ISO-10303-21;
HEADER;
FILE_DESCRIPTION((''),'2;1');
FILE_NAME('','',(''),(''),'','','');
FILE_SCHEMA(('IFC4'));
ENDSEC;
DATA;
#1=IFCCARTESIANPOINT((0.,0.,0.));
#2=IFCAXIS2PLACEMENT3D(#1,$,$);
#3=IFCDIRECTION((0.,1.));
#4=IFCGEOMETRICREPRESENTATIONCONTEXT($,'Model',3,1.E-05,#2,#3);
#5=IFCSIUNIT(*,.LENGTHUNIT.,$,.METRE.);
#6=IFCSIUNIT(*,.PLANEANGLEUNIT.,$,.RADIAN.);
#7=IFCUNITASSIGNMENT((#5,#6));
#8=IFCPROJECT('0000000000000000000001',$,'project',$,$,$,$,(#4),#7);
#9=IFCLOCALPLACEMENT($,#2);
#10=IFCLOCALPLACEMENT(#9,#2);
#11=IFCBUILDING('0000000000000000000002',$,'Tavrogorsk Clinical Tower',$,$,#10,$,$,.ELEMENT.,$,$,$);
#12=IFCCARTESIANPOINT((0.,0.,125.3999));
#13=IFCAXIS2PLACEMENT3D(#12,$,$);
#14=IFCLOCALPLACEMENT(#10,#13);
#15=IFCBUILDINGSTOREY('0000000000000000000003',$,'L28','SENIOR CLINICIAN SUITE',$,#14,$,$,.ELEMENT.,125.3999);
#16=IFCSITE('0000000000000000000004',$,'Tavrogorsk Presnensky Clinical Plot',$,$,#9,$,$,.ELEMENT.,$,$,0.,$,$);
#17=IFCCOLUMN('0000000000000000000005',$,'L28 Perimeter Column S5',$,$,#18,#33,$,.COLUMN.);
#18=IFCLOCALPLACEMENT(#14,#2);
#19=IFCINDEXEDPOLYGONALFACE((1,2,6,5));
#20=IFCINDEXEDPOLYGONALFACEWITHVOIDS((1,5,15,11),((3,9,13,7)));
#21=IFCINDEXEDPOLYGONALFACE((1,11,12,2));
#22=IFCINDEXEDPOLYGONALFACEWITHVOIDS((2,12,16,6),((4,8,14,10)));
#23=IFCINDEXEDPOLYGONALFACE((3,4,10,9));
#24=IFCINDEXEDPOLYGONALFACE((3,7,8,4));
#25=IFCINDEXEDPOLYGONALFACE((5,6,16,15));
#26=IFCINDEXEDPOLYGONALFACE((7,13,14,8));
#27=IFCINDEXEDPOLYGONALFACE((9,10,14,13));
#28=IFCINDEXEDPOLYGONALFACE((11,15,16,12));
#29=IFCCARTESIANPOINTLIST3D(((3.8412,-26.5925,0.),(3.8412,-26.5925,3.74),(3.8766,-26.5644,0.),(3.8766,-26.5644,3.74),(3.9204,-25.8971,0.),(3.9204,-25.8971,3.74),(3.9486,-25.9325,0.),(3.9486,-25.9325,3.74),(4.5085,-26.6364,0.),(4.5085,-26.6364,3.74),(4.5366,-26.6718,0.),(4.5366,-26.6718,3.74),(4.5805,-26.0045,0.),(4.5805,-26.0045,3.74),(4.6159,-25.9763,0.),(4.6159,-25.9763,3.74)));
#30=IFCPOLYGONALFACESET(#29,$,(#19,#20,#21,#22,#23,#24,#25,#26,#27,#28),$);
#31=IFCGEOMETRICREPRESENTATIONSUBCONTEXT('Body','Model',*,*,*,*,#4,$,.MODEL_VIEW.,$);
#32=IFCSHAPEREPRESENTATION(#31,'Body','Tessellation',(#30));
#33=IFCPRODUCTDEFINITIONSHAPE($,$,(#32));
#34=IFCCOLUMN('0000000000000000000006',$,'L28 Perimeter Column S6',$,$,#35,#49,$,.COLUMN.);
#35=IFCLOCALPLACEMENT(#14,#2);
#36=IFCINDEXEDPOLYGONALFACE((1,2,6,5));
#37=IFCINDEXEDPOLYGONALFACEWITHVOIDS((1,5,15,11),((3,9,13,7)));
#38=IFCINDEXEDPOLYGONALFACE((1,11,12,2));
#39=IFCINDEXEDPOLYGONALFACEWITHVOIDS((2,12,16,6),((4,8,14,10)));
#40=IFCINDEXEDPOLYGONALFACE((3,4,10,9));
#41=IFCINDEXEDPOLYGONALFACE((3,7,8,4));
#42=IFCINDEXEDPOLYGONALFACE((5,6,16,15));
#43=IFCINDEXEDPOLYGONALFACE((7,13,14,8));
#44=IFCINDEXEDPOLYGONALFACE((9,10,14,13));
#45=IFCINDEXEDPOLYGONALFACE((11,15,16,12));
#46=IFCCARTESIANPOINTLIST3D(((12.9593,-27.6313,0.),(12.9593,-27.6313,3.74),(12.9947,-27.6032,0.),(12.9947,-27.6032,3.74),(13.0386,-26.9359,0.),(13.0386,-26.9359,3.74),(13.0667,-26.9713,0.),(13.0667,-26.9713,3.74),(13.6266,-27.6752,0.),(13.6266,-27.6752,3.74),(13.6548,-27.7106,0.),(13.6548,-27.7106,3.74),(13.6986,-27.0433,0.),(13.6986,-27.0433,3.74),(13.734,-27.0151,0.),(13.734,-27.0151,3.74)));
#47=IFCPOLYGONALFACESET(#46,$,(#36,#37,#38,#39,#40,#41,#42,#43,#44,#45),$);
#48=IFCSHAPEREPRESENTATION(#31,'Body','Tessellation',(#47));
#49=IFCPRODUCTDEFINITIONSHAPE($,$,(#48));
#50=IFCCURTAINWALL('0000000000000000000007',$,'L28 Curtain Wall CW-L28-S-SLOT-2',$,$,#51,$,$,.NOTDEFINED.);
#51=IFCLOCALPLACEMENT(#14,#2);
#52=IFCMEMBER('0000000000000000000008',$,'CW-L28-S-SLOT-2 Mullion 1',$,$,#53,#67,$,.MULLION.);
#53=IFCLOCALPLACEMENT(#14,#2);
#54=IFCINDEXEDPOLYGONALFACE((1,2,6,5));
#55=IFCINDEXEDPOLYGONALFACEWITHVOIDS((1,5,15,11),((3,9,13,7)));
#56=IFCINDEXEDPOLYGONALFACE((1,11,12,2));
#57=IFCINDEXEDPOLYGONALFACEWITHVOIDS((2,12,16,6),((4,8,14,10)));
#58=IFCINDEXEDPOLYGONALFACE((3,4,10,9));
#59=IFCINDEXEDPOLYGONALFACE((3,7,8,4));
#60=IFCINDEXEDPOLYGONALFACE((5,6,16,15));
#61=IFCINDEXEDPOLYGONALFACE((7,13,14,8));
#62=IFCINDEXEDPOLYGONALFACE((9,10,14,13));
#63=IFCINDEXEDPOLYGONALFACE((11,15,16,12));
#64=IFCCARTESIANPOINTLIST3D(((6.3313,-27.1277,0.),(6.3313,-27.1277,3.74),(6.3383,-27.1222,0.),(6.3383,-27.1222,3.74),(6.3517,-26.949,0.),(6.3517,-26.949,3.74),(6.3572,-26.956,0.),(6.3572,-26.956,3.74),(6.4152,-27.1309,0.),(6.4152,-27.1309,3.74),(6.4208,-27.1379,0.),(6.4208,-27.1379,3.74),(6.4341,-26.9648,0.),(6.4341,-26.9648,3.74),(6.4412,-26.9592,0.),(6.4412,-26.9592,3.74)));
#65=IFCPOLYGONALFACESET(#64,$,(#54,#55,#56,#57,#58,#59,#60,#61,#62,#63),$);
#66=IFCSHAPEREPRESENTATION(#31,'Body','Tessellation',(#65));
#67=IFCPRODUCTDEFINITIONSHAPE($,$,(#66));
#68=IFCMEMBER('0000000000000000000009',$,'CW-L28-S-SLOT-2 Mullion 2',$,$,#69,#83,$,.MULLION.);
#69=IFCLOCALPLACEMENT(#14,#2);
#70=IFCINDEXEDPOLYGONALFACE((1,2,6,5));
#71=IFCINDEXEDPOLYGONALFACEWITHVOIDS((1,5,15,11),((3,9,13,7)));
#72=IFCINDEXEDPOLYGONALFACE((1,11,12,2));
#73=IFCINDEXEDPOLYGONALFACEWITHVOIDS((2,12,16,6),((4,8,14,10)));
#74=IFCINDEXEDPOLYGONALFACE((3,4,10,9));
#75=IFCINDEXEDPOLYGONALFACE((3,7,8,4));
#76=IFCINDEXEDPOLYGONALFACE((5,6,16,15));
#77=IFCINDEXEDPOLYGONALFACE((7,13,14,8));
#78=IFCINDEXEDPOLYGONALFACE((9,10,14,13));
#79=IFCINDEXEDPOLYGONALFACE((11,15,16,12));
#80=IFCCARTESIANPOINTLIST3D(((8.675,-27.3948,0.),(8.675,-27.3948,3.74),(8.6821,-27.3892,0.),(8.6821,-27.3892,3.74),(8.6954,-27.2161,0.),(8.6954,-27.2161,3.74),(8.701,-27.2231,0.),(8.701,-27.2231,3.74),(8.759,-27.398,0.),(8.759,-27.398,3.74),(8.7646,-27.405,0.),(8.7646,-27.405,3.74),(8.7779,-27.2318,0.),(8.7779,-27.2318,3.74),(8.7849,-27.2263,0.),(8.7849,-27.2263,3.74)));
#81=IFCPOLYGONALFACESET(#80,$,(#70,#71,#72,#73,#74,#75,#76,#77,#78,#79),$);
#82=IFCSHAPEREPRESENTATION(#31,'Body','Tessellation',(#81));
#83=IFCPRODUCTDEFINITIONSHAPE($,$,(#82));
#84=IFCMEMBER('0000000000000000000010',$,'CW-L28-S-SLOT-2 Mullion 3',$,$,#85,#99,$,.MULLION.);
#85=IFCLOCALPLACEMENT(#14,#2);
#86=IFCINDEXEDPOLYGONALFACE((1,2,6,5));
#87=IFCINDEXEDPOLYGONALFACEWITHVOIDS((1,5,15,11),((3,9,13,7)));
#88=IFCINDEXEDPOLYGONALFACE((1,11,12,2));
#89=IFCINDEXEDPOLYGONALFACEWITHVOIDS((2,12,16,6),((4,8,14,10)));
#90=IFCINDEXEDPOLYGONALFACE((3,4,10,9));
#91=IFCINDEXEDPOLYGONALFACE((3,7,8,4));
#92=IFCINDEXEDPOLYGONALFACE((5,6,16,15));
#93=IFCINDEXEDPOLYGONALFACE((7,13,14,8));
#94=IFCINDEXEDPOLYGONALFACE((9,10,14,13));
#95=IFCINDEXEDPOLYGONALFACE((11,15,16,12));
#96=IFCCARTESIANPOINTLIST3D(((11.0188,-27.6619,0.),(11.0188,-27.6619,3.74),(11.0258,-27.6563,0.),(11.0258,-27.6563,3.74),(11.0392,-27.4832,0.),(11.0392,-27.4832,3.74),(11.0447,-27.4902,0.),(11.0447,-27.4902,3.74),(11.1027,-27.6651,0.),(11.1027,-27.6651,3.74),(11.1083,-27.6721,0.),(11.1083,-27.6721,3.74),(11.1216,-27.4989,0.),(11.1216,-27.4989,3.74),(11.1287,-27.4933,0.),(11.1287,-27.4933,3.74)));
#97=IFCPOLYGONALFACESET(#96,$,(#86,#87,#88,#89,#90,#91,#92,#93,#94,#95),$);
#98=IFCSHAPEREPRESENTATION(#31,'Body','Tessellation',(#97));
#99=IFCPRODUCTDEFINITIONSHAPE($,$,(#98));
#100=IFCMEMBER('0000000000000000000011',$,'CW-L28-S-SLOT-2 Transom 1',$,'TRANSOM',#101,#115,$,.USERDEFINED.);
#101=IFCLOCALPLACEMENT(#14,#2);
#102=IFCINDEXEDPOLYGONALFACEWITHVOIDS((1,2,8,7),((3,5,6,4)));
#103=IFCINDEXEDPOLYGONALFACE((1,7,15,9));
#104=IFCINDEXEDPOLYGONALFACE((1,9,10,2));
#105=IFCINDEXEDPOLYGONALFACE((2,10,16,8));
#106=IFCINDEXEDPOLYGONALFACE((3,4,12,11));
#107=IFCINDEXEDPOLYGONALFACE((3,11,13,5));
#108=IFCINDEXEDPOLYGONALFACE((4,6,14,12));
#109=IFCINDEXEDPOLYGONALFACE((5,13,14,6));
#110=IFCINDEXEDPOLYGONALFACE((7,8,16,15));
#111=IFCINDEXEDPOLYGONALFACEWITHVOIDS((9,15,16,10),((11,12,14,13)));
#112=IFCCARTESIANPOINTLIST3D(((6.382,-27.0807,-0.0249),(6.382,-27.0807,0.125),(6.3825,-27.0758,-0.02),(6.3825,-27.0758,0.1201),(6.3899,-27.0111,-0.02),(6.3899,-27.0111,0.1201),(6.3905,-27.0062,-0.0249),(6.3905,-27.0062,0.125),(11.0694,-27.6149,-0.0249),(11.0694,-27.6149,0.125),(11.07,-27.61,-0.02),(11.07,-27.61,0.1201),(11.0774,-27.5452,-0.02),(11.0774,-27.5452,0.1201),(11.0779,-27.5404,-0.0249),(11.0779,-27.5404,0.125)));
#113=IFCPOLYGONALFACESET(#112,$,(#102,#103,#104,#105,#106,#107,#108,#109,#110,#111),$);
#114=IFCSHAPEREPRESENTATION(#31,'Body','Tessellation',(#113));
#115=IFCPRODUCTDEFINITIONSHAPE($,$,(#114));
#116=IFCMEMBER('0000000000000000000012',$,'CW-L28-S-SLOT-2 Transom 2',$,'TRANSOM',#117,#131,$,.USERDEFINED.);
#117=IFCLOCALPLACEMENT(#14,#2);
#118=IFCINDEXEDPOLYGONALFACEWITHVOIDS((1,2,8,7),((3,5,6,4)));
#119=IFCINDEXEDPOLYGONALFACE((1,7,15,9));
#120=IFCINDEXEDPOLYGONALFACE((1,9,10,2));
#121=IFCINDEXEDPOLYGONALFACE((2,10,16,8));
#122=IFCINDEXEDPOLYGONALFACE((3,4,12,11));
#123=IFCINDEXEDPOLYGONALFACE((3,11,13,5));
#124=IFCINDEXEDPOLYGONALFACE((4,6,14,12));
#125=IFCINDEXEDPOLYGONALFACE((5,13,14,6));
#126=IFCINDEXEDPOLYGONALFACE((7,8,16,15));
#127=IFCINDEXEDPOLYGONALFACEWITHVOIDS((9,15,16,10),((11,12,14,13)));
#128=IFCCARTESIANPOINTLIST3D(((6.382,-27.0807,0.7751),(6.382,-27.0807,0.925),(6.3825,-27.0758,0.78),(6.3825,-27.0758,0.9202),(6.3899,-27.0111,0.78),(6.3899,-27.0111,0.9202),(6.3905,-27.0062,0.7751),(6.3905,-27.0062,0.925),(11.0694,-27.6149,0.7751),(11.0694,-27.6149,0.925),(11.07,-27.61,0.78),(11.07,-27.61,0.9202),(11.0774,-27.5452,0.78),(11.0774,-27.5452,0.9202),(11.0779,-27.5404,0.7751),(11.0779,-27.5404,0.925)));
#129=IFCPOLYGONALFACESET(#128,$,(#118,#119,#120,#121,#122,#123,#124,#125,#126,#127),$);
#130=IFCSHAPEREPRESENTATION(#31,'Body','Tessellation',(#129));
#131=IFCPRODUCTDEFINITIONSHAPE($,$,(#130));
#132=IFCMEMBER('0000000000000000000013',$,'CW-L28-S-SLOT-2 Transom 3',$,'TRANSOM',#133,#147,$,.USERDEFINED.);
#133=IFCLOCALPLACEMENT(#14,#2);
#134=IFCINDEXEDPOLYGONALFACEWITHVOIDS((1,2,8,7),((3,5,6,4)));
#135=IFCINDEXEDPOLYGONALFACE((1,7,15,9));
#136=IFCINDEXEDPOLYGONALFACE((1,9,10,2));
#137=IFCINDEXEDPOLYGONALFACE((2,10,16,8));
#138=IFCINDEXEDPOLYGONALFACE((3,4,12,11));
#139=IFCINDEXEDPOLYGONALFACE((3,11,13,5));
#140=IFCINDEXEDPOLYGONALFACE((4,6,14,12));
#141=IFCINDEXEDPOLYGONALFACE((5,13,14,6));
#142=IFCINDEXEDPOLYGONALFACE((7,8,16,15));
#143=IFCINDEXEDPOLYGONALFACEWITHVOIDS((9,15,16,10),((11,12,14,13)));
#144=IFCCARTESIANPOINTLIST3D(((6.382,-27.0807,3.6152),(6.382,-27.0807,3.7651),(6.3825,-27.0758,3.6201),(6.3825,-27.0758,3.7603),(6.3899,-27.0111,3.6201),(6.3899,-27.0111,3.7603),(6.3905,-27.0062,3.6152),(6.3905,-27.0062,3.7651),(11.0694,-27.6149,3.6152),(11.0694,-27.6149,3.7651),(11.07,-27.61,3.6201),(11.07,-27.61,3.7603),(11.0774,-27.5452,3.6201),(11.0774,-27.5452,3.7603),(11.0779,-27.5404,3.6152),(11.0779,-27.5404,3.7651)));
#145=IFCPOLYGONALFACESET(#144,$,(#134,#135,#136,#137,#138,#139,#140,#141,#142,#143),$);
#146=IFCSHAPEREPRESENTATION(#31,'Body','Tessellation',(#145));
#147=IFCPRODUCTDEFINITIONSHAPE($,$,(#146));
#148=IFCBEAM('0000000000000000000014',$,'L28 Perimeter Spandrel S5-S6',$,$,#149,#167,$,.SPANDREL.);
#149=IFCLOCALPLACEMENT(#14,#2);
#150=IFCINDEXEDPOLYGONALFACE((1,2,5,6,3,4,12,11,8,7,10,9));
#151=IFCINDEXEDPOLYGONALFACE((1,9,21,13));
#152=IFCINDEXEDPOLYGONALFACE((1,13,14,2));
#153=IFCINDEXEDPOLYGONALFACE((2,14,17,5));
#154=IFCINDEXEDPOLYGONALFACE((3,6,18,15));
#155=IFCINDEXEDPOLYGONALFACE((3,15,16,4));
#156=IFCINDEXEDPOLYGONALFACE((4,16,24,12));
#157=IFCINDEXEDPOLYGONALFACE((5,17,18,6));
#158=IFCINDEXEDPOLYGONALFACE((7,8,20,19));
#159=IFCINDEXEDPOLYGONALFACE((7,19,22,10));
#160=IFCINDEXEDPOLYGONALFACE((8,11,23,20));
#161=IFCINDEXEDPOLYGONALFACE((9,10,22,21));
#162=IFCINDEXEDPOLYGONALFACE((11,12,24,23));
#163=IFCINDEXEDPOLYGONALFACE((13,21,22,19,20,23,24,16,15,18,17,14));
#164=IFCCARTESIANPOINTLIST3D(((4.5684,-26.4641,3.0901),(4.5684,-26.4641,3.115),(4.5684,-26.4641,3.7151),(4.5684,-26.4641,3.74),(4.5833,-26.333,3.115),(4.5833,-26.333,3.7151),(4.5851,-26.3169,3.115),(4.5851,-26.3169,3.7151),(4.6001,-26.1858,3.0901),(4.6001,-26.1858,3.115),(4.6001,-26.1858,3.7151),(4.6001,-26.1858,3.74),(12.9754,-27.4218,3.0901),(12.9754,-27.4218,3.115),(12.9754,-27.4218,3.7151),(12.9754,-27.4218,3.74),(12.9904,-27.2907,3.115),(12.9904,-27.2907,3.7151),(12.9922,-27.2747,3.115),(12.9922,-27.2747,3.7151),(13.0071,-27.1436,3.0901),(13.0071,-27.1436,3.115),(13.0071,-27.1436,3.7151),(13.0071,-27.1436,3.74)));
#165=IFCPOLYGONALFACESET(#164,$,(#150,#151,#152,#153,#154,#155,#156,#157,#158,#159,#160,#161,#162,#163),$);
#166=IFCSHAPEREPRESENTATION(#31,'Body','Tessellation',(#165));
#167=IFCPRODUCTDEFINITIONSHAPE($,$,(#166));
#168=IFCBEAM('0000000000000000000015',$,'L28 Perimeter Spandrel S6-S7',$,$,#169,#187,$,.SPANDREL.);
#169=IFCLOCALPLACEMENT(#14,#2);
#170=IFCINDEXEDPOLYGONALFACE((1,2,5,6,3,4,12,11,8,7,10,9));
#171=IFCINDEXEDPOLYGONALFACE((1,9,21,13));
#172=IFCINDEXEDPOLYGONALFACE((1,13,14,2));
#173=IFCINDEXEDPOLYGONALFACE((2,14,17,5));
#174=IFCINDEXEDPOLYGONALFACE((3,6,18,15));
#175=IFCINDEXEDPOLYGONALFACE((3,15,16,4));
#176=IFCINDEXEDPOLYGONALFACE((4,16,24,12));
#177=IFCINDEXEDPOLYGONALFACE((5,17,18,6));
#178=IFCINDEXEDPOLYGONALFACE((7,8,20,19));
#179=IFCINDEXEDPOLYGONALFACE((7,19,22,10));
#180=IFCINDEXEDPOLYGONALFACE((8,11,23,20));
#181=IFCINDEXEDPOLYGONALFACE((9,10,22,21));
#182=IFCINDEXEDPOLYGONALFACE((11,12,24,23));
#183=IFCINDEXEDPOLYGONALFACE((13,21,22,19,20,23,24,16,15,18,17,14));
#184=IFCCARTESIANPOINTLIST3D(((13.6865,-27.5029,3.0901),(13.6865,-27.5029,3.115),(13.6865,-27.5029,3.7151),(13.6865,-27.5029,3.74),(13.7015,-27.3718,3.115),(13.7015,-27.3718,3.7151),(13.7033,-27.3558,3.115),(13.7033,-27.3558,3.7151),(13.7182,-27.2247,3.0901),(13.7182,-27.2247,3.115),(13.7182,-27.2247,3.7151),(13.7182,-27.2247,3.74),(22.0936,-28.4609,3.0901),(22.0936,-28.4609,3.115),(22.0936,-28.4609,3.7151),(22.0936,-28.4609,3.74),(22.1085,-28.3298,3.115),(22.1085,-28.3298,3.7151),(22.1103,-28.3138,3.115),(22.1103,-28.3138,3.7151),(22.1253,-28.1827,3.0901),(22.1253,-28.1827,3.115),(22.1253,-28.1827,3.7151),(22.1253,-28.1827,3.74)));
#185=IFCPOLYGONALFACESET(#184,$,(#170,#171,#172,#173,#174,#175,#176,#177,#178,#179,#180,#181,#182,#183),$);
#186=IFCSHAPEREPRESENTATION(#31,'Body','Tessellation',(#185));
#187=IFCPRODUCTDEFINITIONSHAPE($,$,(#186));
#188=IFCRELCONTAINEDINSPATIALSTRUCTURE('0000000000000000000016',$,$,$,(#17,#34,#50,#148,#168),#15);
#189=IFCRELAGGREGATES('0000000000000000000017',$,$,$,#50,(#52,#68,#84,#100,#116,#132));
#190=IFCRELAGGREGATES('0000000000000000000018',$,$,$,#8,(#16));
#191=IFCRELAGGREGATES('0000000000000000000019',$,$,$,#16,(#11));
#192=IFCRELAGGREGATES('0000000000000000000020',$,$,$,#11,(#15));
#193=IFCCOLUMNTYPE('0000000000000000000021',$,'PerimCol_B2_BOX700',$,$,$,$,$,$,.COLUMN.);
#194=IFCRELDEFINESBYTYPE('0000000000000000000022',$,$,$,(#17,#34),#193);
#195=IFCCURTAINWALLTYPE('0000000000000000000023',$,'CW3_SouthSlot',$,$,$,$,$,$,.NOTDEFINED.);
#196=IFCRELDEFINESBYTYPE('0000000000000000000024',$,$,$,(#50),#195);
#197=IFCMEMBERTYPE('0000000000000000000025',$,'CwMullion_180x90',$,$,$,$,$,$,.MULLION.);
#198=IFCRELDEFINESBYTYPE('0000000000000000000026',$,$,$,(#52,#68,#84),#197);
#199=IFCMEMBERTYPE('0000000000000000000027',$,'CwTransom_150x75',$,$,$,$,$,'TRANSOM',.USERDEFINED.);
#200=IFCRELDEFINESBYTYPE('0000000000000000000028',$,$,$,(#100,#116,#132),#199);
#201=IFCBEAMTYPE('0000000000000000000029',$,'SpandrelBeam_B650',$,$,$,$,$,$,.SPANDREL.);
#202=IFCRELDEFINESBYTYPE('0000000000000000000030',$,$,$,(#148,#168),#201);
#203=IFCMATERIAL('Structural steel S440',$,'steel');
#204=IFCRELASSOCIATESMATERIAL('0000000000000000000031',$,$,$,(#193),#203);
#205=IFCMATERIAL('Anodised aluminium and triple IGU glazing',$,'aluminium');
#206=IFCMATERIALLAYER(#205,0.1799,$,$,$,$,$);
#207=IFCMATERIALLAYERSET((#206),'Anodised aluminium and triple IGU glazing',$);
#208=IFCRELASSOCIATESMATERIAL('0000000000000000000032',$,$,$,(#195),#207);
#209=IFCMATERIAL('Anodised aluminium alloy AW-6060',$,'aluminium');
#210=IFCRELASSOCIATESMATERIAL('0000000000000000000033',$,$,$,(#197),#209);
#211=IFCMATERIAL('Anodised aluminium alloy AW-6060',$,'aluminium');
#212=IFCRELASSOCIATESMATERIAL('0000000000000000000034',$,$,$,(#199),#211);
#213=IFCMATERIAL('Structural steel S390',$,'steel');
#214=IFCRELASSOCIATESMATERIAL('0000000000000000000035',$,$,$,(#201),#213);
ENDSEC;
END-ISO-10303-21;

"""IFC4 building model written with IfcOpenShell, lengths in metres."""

from ifc_helpers import new_model, si_unit, direction, frame, origin, origin_2d, place, context, subcontext, project, spatial, hollow_rectangle, i_section, extrude, material, layer, layer_set, material_profile, profile_set, type_object, element, aggregate, save


model = new_model("IFC4")

# Units and contexts
model_context = context("Model", 3, precision=1e-05, world=origin(), true_north=direction((0.0, 1.0)))
body_context = subcontext(model_context, "Body", "Model", "MODEL_VIEW")
ifc_project = project(units=[si_unit("LENGTHUNIT", "METRE"), si_unit("PLANEANGLEUNIT", "RADIAN")], contexts=[model_context])

# Site, building, storey
site_placement = place(None, origin())
site = spatial("IfcSite", under=ifc_project, at=site_placement, Name="Tavrogorsk Presnensky Clinical Plot", CompositionType="ELEMENT", RefElevation=0.0)
building_placement = place(site_placement, origin())
building = spatial("IfcBuilding", under=site, at=building_placement, Name="Tavrogorsk Clinical Tower", CompositionType="ELEMENT")
storey_placement = place(building_placement, frame((0.0, 0.0, 125.3999)))
storey = spatial("IfcBuildingStorey", under=building, at=storey_placement, Name="L28", Description="SENIOR CLINICIAN SUITE", CompositionType="ELEMENT", Elevation=125.3999)

# Columns
ifc_material_1 = material(Name="Structural steel S440", Category="steel")
ifc_material_profile_1 = material_profile(ifc_material_1, hollow_rectangle(XDim=0.7, YDim=0.7, WallThickness=0.032, at=origin_2d()), Name="BOX-700x700x32")
ifc_profile_set_1 = profile_set([ifc_material_profile_1], Name="Structural steel S440")
column_type = type_object("IfcColumnType", Name="PerimCol_B2_BOX700", PredefinedType="COLUMN", material=ifc_profile_set_1)
for number, where, z_axis, x_axis, name in (
    (1, (4.2285, -26.2844, 0.0), (0.0, 0.0, 1.0), (0.993572, -0.113203, 0.0), "L28 Perimeter Column S5"),
    (2, (13.3467, -27.3232, 0.0), (0.0, 0.0, 1.0), (0.993572, -0.113203, 0.0), "L28 Perimeter Column S6"),
):
    element("IfcColumn", number, at=place(storey_placement, frame(where, z_axis=z_axis, x_axis=x_axis)), inside=storey, type_object=column_type, Name=name, PredefinedType="COLUMN", context=body_context, shape_type="SweptSolid", body=[
        extrude(hollow_rectangle(XDim=0.7, YDim=0.7, WallThickness=0.032, at=origin_2d()), origin(), (0.0, 0.0, 1.0), 3.74),
    ])

# Curtain wall, members
ifc_material_2 = material(Name="Anodised aluminium and triple IGU glazing", Category="aluminium")
ifc_layer_1 = layer(ifc_material_2, 0.1799)
ifc_layer_set_1 = layer_set([ifc_layer_1], Name="Anodised aluminium and triple IGU glazing")
curtain_wall_type = type_object("IfcCurtainWallType", Name="CW3_SouthSlot", PredefinedType="NOTDEFINED", material=ifc_layer_set_1)
curtain_wall_placement = place(storey_placement, origin())
curtain_wall = element("IfcCurtainWall", 3, at=curtain_wall_placement, inside=storey, type_object=curtain_wall_type, Name="L28 Curtain Wall CW-L28-S-SLOT-2", PredefinedType="NOTDEFINED")
ifc_material_3 = material(Name="Anodised aluminium alloy AW-6060", Category="aluminium")
ifc_material_profile_2 = material_profile(ifc_material_3, hollow_rectangle(XDim=0.0901, YDim=0.1799, WallThickness=0.0063, at=origin_2d()), Name="RHS-180x90x6.3")
ifc_profile_set_2 = profile_set([ifc_material_profile_2], Name="Anodised aluminium alloy AW-6060")
member_type_1 = type_object("IfcMemberType", Name="CwMullion_180x90", PredefinedType="MULLION", material=ifc_profile_set_2)
member_1_placement = place(storey_placement, frame((6.3862, -27.0435, 0.0), z_axis=(0.0, 0.0, 1.0), x_axis=(0.993572, -0.113203, 0.0)))
member_1 = element("IfcMember", 4, at=member_1_placement, type_object=member_type_1, Name="CW-L28-S-SLOT-2 Mullion 1", PredefinedType="MULLION", context=body_context, shape_type="SweptSolid", body=[
    extrude(hollow_rectangle(XDim=0.0901, YDim=0.1799, WallThickness=0.0063, at=origin_2d()), origin(), (0.0, 0.0, 1.0), 3.74),
])
member_2_placement = place(storey_placement, frame((8.73, -27.3105, 0.0), z_axis=(0.0, 0.0, 1.0), x_axis=(0.993572, -0.113203, 0.0)))
member_2 = element("IfcMember", 5, at=member_2_placement, type_object=member_type_1, Name="CW-L28-S-SLOT-2 Mullion 2", PredefinedType="MULLION", context=body_context, shape_type="SweptSolid", body=[
    extrude(hollow_rectangle(XDim=0.0901, YDim=0.1799, WallThickness=0.0063, at=origin_2d()), origin(), (0.0, 0.0, 1.0), 3.74),
])
member_3_placement = place(storey_placement, frame((11.0737, -27.5776, 0.0), z_axis=(0.0, 0.0, 1.0), x_axis=(0.993572, -0.113203, 0.0)))
member_3 = element("IfcMember", 6, at=member_3_placement, type_object=member_type_1, Name="CW-L28-S-SLOT-2 Mullion 3", PredefinedType="MULLION", context=body_context, shape_type="SweptSolid", body=[
    extrude(hollow_rectangle(XDim=0.0901, YDim=0.1799, WallThickness=0.0063, at=origin_2d()), origin(), (0.0, 0.0, 1.0), 3.74),
])
ifc_material_4 = material(Name="Anodised aluminium alloy AW-6060", Category="aluminium")
ifc_material_profile_3 = material_profile(ifc_material_4, hollow_rectangle(XDim=0.075, YDim=0.1499, WallThickness=0.0049, at=origin_2d()), Name="RHS-150x75x5")
ifc_profile_set_3 = profile_set([ifc_material_profile_3], Name="Anodised aluminium alloy AW-6060")
member_type_2 = type_object("IfcMemberType", Name="CwTransom_150x75", ElementType="TRANSOM", PredefinedType="USERDEFINED", material=ifc_profile_set_3)
member_4_placement = place(storey_placement, frame((6.3862, -27.0435, 0.05), z_axis=(0.993569, -0.113226, 0.0), x_axis=(0.113226, 0.993569, 0.0)))
member_4 = element("IfcMember", 7, at=member_4_placement, type_object=member_type_2, Name="CW-L28-S-SLOT-2 Transom 1", ObjectType="TRANSOM", PredefinedType="USERDEFINED", context=body_context, shape_type="SweptSolid", body=[
    extrude(hollow_rectangle(XDim=0.075, YDim=0.1499, WallThickness=0.0049, at=origin_2d()), origin(), (0.0, 0.0, 1.0), 4.7178),
])
member_5_placement = place(storey_placement, frame((6.3862, -27.0435, 0.8501), z_axis=(0.993569, -0.113226, 0.0), x_axis=(0.113226, 0.993569, 0.0)))
member_5 = element("IfcMember", 8, at=member_5_placement, type_object=member_type_2, Name="CW-L28-S-SLOT-2 Transom 2", ObjectType="TRANSOM", PredefinedType="USERDEFINED", context=body_context, shape_type="SweptSolid", body=[
    extrude(hollow_rectangle(XDim=0.075, YDim=0.1499, WallThickness=0.0049, at=origin_2d()), origin(), (0.0, 0.0, 1.0), 4.7178),
])
member_6_placement = place(storey_placement, frame((6.3862, -27.0435, 3.6902), z_axis=(0.993569, -0.113226, 0.0), x_axis=(0.113226, 0.993569, 0.0)))
member_6 = element("IfcMember", 9, at=member_6_placement, type_object=member_type_2, Name="CW-L28-S-SLOT-2 Transom 3", ObjectType="TRANSOM", PredefinedType="USERDEFINED", context=body_context, shape_type="SweptSolid", body=[
    extrude(hollow_rectangle(XDim=0.075, YDim=0.1499, WallThickness=0.0049, at=origin_2d()), origin(), (0.0, 0.0, 1.0), 4.7178),
])

# Beams
ifc_material_5 = material(Name="Structural steel S390", Category="steel")
ifc_material_profile_4 = material_profile(ifc_material_5, i_section(OverallWidth=0.28, OverallDepth=0.6499, WebThickness=0.0161, FlangeThickness=0.0249, at=origin_2d()), Name="B-650x280x16x25")
ifc_profile_set_4 = profile_set([ifc_material_profile_4], Name="Structural steel S390")
beam_type = type_object("IfcBeamType", Name="SpandrelBeam_B650", PredefinedType="SPANDREL", material=ifc_profile_set_4)
for number, where, z_axis, x_axis, name in (
    (10, (4.5842, -26.325, 3.415), (0.993573, -0.113193, 0.0), (0.113193, 0.993573, 0.0), "L28 Perimeter Spandrel S5-S6"),
    (11, (13.7024, -27.3638, 3.415), (0.99357, -0.113221, 0.0), (0.113221, 0.99357, 0.0), "L28 Perimeter Spandrel S6-S7"),
):
    element("IfcBeam", number, at=place(storey_placement, frame(where, z_axis=z_axis, x_axis=x_axis)), inside=storey, type_object=beam_type, Name=name, PredefinedType="SPANDREL", context=body_context, shape_type="SweptSolid", body=[
        extrude(i_section(OverallWidth=0.28, OverallDepth=0.6499, WebThickness=0.0161, FlangeThickness=0.0249, at=origin_2d()), origin(), (0.0, 0.0, 1.0), 8.4614),
    ])

aggregate(curtain_wall, [member_1, member_2, member_3, member_4, member_5, member_6])

save(model, "model.ifc")
